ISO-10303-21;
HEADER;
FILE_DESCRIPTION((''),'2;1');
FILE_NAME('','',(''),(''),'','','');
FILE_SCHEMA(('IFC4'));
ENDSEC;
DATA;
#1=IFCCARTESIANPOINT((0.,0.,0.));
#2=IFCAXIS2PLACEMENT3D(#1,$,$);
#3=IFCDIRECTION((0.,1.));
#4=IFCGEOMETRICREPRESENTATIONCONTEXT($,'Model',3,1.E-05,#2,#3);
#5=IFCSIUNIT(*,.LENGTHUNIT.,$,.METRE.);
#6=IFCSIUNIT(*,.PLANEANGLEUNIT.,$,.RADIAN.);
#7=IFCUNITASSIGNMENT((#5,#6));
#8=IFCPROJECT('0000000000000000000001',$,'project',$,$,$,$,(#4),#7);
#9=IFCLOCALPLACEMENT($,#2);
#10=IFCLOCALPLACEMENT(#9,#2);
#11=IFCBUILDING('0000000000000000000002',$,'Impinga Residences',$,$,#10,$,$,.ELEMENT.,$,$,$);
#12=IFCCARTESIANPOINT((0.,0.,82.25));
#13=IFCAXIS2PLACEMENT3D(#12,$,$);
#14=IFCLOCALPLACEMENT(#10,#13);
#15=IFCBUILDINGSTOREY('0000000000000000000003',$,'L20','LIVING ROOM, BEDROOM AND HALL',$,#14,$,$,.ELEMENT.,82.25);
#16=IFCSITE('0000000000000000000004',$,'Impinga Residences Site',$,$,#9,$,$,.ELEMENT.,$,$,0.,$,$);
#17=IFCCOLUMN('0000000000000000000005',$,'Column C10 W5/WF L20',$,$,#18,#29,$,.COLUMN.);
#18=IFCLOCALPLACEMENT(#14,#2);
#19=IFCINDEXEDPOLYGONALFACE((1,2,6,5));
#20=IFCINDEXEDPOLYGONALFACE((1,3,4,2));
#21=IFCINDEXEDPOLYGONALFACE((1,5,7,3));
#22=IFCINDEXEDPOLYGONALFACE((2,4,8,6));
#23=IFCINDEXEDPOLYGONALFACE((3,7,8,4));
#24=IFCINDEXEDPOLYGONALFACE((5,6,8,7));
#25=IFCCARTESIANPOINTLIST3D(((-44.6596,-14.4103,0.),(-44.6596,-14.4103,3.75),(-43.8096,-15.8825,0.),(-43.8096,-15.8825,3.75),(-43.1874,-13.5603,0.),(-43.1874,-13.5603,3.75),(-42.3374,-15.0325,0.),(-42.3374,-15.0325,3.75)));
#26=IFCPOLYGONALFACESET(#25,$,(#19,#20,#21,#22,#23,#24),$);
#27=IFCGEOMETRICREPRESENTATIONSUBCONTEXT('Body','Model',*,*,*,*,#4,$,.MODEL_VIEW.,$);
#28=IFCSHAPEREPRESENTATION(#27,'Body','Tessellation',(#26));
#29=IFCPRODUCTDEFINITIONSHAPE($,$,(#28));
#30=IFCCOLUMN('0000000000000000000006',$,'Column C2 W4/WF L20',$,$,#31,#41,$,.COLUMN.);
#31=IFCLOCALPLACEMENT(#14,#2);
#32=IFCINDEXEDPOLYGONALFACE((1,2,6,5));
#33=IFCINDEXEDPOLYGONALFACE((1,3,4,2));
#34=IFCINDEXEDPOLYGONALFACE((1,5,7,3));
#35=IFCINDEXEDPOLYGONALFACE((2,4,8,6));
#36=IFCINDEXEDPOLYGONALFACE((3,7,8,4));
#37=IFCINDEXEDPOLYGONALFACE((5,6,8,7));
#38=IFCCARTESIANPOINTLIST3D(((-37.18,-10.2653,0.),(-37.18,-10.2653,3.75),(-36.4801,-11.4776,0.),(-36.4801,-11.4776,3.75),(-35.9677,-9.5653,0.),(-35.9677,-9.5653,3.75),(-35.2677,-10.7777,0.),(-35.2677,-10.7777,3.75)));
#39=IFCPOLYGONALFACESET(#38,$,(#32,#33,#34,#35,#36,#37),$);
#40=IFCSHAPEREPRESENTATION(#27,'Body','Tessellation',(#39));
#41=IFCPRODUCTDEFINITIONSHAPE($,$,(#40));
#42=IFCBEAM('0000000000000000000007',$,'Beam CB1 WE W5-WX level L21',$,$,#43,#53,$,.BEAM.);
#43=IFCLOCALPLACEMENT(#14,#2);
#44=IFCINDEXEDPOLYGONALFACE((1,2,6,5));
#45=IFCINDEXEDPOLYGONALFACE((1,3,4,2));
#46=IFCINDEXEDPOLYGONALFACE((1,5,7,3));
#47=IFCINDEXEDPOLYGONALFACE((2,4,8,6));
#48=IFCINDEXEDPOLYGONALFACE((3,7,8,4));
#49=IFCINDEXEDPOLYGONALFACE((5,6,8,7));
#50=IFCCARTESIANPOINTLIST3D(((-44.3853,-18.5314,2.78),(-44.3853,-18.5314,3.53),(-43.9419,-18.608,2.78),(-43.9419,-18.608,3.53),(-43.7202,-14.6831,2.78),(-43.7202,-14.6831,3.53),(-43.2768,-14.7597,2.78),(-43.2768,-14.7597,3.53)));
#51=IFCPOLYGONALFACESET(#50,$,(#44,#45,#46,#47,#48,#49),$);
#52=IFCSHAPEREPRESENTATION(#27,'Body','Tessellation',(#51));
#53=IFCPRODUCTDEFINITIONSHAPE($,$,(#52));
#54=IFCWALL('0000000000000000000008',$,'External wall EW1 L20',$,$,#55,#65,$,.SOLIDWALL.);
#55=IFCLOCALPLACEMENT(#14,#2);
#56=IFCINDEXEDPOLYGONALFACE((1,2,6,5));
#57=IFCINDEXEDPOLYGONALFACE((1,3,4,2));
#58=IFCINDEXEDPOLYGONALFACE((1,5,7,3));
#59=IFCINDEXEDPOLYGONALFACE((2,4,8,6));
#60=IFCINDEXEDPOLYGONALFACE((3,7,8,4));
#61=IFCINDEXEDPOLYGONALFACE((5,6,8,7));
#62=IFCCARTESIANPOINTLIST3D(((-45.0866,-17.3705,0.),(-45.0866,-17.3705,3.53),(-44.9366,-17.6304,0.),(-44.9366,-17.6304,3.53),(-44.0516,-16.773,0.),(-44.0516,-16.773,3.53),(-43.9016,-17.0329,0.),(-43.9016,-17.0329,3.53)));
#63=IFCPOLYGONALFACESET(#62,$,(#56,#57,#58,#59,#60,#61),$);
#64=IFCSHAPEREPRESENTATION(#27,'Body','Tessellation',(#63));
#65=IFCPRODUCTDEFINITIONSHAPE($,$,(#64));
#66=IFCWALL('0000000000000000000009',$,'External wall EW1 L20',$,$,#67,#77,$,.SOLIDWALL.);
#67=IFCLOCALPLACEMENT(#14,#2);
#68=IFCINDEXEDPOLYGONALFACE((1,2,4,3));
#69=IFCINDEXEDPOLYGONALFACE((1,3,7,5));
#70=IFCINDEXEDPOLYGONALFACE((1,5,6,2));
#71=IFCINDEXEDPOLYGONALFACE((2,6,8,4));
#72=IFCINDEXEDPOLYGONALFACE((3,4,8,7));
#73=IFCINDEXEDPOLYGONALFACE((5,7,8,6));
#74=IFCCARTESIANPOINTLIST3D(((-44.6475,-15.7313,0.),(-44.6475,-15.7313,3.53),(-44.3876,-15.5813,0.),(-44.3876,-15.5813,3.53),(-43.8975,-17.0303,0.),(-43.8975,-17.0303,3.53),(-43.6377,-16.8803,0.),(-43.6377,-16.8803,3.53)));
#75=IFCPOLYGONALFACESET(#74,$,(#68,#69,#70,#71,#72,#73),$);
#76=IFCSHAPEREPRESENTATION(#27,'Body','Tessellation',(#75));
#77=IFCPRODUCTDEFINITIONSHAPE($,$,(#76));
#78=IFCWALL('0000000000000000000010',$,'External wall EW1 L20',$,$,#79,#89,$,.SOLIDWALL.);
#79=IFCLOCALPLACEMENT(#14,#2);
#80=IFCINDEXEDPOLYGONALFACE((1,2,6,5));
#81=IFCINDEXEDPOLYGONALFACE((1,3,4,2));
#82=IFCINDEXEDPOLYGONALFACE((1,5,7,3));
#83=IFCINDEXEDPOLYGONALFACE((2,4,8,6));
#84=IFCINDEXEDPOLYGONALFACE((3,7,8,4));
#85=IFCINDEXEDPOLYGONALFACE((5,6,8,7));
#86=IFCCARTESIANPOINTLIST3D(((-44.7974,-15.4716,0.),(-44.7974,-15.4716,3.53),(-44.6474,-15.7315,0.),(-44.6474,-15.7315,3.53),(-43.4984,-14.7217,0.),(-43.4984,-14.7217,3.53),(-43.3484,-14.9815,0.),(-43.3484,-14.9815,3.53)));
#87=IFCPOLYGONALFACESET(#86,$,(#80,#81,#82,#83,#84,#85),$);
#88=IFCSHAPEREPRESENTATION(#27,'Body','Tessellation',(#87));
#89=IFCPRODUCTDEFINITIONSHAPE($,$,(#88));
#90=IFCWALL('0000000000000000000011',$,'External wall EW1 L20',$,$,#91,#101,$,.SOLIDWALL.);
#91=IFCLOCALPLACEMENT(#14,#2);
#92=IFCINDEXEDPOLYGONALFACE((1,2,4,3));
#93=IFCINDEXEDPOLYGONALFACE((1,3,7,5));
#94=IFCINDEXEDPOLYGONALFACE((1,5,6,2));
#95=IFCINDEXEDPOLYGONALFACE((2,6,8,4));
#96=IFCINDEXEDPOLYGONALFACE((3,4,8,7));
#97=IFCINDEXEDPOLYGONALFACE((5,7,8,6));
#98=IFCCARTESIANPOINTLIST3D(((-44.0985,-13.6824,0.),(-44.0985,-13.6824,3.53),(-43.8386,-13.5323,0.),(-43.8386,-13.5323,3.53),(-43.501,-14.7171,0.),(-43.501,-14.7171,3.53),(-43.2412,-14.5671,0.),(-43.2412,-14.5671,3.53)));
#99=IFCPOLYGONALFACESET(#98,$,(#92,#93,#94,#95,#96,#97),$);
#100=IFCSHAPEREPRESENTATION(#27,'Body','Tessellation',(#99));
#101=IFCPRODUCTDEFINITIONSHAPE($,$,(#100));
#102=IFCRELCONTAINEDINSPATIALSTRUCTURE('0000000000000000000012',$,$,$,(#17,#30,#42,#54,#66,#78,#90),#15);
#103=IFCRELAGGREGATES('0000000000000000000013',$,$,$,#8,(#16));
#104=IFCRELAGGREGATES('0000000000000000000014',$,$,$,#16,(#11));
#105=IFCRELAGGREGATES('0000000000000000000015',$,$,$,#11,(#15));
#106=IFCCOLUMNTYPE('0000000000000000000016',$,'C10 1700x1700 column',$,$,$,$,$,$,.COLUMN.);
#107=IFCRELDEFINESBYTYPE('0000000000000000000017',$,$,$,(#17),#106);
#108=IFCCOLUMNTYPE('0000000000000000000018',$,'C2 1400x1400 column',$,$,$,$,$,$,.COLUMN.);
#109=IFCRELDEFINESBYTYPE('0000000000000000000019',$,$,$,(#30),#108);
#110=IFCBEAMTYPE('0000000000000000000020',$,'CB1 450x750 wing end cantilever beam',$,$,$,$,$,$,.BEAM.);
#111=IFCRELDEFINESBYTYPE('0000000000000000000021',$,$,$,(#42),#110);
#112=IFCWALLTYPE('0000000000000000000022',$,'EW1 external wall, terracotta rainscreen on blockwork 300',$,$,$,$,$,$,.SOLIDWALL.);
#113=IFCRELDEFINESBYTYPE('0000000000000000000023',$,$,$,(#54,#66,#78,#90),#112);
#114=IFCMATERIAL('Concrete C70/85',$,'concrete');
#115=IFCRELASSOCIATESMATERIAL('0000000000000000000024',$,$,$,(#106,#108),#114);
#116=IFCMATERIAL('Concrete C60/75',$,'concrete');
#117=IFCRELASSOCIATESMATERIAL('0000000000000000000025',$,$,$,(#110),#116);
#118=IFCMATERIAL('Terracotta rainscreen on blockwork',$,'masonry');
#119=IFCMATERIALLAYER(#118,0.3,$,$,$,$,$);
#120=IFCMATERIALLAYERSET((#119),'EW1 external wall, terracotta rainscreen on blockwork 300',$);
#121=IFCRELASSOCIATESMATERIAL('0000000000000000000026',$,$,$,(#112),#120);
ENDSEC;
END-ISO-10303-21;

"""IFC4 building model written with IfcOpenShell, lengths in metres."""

from ifc_helpers import new_model, si_unit, direction, frame, frame_2d, origin, origin_2d, place, context, subcontext, project, spatial, rectangle, extrude, material, layer, layer_set, material_profile, profile_set, type_object, element, save


model = new_model("IFC4")

# Units and contexts
model_context = context("Model", 3, precision=1e-05, world=origin(), true_north=direction((0.0, 1.0)))
body_context = subcontext(model_context, "Body", "Model", "MODEL_VIEW")
ifc_project = project(units=[si_unit("LENGTHUNIT", "METRE"), si_unit("PLANEANGLEUNIT", "RADIAN")], contexts=[model_context])

# Site, building, storey
site_placement = place(None, origin())
site = spatial("IfcSite", under=ifc_project, at=site_placement, Name="Impinga Residences Site", CompositionType="ELEMENT", RefElevation=0.0)
building_placement = place(site_placement, origin())
building = spatial("IfcBuilding", under=site, at=building_placement, Name="Impinga Residences", CompositionType="ELEMENT")
storey_placement = place(building_placement, frame((0.0, 0.0, 82.25)))
storey = spatial("IfcBuildingStorey", under=building, at=storey_placement, Name="L20", Description="LIVING ROOM, BEDROOM AND HALL", CompositionType="ELEMENT", Elevation=82.25)

# Columns
ifc_material_1 = material(Name="Concrete C70/85", Category="concrete")
ifc_material_profile_1 = material_profile(ifc_material_1, rectangle(XDim=1.7, YDim=1.7, at=origin_2d()), Name="RC 1700x1700")
ifc_profile_set_1 = profile_set([ifc_material_profile_1], Name="Concrete C70/85")
column_type_1 = type_object("IfcColumnType", Name="C10 1700x1700 column", PredefinedType="COLUMN", material=ifc_profile_set_1)
column_1_placement = place(storey_placement, frame((-43.4985, -14.7214, 0.0), z_axis=(0.0, 0.0, 1.0), x_axis=(-0.5, 0.866025, 0.0)))
element("IfcColumn", 1, at=column_1_placement, inside=storey, type_object=column_type_1, Name="Column C10 W5/WF L20", PredefinedType="COLUMN", context=body_context, shape_type="SweptSolid", body=[
    extrude(rectangle(XDim=1.7, YDim=1.7, at=origin_2d()), origin(), (0.0, 0.0, 1.0), 3.75),
])
ifc_material_profile_2 = material_profile(ifc_material_1, rectangle(XDim=1.3999, YDim=1.3999, at=origin_2d()), Name="RC 1400x1400")
ifc_profile_set_2 = profile_set([ifc_material_profile_2], Name="Concrete C70/85")
column_type_2 = type_object("IfcColumnType", Name="C2 1400x1400 column", PredefinedType="COLUMN", material=ifc_profile_set_2)
column_2_placement = place(storey_placement, frame((-36.2239, -10.5215, 0.0), z_axis=(0.0, 0.0, 1.0), x_axis=(-0.5, 0.866025, 0.0)))
element("IfcColumn", 2, at=column_2_placement, inside=storey, type_object=column_type_2, Name="Column C2 W4/WF L20", PredefinedType="COLUMN", context=body_context, shape_type="SweptSolid", body=[
    extrude(rectangle(XDim=1.3999, YDim=1.3999, at=origin_2d()), origin(), (0.0, 0.0, 1.0), 3.75),
])

# Beam
ifc_material_2 = material(Name="Concrete C60/75", Category="concrete")
ifc_material_profile_3 = material_profile(ifc_material_2, rectangle(XDim=0.45, YDim=0.75, at=origin_2d()), Name="RC 450x750")
ifc_profile_set_3 = profile_set([ifc_material_profile_3], Name="Concrete C60/75")
beam_type = type_object("IfcBeamType", Name="CB1 450x750 wing end cantilever beam", PredefinedType="BEAM", material=ifc_profile_set_3)
beam_placement = place(storey_placement, frame((-43.4985, -14.7214, 3.155), z_axis=(-0.170296, -0.985393, 0.0), x_axis=(0.985393, -0.170296, 0.0)))
element("IfcBeam", 3, at=beam_placement, inside=storey, type_object=beam_type, Name="Beam CB1 WE W5-WX level L21", PredefinedType="BEAM", context=body_context, shape_type="SweptSolid", body=[
    extrude(rectangle(XDim=0.45, YDim=0.75, at=origin_2d()), origin(), (0.0, 0.0, 1.0), 3.9053),
])

# Walls
ifc_material_3 = material(Name="Terracotta rainscreen on blockwork", Category="masonry")
ifc_layer_1 = layer(ifc_material_3, 0.3)
ifc_layer_set_1 = layer_set([ifc_layer_1], Name="EW1 external wall, terracotta rainscreen on blockwork 300")
wall_type_1 = type_object("IfcWallType", Name="EW1 external wall, terracotta rainscreen on blockwork 300", PredefinedType="SOLIDWALL", material=ifc_layer_set_1)
wall_1_placement = place(storey_placement, frame((-45.0117, -17.5005, 0.0), z_axis=(0.0, 0.0, 1.0), x_axis=(0.86606, 0.499941, 0.0)))
element("IfcWall", 4, at=wall_1_placement, inside=storey, type_object=wall_type_1, Name="External wall EW1 L20", PredefinedType="SOLIDWALL", context=body_context, shape_type="SweptSolid", body=[
    extrude(rectangle(XDim=1.1951, YDim=0.3, at=frame_2d((0.5977, 0.0))), origin(), (0.0, 0.0, 1.0), 3.53),
])
for number, where, z_axis, x_axis, name in (
    (5, (-43.7676, -16.9553, 0.0), (0.0, 0.0, 1.0), (-0.49999, 0.866031, 0.0), "External wall EW1 L20"),
    (6, (-44.7224, -15.6016, 0.0), (0.0, 0.0, 1.0), (0.866031, 0.49999, 0.0), "External wall EW1 L20"),
):
    element("IfcWall", number, at=place(storey_placement, frame(where, z_axis=z_axis, x_axis=x_axis)), inside=storey, type_object=wall_type_1, Name=name, PredefinedType="SOLIDWALL", context=body_context, shape_type="SweptSolid", body=[
        extrude(rectangle(XDim=1.5, YDim=0.3, at=frame_2d((0.75, 0.0))), origin(), (0.0, 0.0, 1.0), 3.53),
    ])
wall_2_placement = place(storey_placement, frame((-43.3711, -14.6421, 0.0), z_axis=(0.0, 0.0, 1.0), x_axis=(-0.500029, 0.866009, 0.0)))
element("IfcWall", 7, at=wall_2_placement, inside=storey, type_object=wall_type_1, Name="External wall EW1 L20", PredefinedType="SOLIDWALL", context=body_context, shape_type="SweptSolid", body=[
    extrude(rectangle(XDim=1.1948, YDim=0.3, at=frame_2d((0.5974, 0.0))), origin(), (0.0, 0.0, 1.0), 3.53),
])

save(model, "model.ifc")
